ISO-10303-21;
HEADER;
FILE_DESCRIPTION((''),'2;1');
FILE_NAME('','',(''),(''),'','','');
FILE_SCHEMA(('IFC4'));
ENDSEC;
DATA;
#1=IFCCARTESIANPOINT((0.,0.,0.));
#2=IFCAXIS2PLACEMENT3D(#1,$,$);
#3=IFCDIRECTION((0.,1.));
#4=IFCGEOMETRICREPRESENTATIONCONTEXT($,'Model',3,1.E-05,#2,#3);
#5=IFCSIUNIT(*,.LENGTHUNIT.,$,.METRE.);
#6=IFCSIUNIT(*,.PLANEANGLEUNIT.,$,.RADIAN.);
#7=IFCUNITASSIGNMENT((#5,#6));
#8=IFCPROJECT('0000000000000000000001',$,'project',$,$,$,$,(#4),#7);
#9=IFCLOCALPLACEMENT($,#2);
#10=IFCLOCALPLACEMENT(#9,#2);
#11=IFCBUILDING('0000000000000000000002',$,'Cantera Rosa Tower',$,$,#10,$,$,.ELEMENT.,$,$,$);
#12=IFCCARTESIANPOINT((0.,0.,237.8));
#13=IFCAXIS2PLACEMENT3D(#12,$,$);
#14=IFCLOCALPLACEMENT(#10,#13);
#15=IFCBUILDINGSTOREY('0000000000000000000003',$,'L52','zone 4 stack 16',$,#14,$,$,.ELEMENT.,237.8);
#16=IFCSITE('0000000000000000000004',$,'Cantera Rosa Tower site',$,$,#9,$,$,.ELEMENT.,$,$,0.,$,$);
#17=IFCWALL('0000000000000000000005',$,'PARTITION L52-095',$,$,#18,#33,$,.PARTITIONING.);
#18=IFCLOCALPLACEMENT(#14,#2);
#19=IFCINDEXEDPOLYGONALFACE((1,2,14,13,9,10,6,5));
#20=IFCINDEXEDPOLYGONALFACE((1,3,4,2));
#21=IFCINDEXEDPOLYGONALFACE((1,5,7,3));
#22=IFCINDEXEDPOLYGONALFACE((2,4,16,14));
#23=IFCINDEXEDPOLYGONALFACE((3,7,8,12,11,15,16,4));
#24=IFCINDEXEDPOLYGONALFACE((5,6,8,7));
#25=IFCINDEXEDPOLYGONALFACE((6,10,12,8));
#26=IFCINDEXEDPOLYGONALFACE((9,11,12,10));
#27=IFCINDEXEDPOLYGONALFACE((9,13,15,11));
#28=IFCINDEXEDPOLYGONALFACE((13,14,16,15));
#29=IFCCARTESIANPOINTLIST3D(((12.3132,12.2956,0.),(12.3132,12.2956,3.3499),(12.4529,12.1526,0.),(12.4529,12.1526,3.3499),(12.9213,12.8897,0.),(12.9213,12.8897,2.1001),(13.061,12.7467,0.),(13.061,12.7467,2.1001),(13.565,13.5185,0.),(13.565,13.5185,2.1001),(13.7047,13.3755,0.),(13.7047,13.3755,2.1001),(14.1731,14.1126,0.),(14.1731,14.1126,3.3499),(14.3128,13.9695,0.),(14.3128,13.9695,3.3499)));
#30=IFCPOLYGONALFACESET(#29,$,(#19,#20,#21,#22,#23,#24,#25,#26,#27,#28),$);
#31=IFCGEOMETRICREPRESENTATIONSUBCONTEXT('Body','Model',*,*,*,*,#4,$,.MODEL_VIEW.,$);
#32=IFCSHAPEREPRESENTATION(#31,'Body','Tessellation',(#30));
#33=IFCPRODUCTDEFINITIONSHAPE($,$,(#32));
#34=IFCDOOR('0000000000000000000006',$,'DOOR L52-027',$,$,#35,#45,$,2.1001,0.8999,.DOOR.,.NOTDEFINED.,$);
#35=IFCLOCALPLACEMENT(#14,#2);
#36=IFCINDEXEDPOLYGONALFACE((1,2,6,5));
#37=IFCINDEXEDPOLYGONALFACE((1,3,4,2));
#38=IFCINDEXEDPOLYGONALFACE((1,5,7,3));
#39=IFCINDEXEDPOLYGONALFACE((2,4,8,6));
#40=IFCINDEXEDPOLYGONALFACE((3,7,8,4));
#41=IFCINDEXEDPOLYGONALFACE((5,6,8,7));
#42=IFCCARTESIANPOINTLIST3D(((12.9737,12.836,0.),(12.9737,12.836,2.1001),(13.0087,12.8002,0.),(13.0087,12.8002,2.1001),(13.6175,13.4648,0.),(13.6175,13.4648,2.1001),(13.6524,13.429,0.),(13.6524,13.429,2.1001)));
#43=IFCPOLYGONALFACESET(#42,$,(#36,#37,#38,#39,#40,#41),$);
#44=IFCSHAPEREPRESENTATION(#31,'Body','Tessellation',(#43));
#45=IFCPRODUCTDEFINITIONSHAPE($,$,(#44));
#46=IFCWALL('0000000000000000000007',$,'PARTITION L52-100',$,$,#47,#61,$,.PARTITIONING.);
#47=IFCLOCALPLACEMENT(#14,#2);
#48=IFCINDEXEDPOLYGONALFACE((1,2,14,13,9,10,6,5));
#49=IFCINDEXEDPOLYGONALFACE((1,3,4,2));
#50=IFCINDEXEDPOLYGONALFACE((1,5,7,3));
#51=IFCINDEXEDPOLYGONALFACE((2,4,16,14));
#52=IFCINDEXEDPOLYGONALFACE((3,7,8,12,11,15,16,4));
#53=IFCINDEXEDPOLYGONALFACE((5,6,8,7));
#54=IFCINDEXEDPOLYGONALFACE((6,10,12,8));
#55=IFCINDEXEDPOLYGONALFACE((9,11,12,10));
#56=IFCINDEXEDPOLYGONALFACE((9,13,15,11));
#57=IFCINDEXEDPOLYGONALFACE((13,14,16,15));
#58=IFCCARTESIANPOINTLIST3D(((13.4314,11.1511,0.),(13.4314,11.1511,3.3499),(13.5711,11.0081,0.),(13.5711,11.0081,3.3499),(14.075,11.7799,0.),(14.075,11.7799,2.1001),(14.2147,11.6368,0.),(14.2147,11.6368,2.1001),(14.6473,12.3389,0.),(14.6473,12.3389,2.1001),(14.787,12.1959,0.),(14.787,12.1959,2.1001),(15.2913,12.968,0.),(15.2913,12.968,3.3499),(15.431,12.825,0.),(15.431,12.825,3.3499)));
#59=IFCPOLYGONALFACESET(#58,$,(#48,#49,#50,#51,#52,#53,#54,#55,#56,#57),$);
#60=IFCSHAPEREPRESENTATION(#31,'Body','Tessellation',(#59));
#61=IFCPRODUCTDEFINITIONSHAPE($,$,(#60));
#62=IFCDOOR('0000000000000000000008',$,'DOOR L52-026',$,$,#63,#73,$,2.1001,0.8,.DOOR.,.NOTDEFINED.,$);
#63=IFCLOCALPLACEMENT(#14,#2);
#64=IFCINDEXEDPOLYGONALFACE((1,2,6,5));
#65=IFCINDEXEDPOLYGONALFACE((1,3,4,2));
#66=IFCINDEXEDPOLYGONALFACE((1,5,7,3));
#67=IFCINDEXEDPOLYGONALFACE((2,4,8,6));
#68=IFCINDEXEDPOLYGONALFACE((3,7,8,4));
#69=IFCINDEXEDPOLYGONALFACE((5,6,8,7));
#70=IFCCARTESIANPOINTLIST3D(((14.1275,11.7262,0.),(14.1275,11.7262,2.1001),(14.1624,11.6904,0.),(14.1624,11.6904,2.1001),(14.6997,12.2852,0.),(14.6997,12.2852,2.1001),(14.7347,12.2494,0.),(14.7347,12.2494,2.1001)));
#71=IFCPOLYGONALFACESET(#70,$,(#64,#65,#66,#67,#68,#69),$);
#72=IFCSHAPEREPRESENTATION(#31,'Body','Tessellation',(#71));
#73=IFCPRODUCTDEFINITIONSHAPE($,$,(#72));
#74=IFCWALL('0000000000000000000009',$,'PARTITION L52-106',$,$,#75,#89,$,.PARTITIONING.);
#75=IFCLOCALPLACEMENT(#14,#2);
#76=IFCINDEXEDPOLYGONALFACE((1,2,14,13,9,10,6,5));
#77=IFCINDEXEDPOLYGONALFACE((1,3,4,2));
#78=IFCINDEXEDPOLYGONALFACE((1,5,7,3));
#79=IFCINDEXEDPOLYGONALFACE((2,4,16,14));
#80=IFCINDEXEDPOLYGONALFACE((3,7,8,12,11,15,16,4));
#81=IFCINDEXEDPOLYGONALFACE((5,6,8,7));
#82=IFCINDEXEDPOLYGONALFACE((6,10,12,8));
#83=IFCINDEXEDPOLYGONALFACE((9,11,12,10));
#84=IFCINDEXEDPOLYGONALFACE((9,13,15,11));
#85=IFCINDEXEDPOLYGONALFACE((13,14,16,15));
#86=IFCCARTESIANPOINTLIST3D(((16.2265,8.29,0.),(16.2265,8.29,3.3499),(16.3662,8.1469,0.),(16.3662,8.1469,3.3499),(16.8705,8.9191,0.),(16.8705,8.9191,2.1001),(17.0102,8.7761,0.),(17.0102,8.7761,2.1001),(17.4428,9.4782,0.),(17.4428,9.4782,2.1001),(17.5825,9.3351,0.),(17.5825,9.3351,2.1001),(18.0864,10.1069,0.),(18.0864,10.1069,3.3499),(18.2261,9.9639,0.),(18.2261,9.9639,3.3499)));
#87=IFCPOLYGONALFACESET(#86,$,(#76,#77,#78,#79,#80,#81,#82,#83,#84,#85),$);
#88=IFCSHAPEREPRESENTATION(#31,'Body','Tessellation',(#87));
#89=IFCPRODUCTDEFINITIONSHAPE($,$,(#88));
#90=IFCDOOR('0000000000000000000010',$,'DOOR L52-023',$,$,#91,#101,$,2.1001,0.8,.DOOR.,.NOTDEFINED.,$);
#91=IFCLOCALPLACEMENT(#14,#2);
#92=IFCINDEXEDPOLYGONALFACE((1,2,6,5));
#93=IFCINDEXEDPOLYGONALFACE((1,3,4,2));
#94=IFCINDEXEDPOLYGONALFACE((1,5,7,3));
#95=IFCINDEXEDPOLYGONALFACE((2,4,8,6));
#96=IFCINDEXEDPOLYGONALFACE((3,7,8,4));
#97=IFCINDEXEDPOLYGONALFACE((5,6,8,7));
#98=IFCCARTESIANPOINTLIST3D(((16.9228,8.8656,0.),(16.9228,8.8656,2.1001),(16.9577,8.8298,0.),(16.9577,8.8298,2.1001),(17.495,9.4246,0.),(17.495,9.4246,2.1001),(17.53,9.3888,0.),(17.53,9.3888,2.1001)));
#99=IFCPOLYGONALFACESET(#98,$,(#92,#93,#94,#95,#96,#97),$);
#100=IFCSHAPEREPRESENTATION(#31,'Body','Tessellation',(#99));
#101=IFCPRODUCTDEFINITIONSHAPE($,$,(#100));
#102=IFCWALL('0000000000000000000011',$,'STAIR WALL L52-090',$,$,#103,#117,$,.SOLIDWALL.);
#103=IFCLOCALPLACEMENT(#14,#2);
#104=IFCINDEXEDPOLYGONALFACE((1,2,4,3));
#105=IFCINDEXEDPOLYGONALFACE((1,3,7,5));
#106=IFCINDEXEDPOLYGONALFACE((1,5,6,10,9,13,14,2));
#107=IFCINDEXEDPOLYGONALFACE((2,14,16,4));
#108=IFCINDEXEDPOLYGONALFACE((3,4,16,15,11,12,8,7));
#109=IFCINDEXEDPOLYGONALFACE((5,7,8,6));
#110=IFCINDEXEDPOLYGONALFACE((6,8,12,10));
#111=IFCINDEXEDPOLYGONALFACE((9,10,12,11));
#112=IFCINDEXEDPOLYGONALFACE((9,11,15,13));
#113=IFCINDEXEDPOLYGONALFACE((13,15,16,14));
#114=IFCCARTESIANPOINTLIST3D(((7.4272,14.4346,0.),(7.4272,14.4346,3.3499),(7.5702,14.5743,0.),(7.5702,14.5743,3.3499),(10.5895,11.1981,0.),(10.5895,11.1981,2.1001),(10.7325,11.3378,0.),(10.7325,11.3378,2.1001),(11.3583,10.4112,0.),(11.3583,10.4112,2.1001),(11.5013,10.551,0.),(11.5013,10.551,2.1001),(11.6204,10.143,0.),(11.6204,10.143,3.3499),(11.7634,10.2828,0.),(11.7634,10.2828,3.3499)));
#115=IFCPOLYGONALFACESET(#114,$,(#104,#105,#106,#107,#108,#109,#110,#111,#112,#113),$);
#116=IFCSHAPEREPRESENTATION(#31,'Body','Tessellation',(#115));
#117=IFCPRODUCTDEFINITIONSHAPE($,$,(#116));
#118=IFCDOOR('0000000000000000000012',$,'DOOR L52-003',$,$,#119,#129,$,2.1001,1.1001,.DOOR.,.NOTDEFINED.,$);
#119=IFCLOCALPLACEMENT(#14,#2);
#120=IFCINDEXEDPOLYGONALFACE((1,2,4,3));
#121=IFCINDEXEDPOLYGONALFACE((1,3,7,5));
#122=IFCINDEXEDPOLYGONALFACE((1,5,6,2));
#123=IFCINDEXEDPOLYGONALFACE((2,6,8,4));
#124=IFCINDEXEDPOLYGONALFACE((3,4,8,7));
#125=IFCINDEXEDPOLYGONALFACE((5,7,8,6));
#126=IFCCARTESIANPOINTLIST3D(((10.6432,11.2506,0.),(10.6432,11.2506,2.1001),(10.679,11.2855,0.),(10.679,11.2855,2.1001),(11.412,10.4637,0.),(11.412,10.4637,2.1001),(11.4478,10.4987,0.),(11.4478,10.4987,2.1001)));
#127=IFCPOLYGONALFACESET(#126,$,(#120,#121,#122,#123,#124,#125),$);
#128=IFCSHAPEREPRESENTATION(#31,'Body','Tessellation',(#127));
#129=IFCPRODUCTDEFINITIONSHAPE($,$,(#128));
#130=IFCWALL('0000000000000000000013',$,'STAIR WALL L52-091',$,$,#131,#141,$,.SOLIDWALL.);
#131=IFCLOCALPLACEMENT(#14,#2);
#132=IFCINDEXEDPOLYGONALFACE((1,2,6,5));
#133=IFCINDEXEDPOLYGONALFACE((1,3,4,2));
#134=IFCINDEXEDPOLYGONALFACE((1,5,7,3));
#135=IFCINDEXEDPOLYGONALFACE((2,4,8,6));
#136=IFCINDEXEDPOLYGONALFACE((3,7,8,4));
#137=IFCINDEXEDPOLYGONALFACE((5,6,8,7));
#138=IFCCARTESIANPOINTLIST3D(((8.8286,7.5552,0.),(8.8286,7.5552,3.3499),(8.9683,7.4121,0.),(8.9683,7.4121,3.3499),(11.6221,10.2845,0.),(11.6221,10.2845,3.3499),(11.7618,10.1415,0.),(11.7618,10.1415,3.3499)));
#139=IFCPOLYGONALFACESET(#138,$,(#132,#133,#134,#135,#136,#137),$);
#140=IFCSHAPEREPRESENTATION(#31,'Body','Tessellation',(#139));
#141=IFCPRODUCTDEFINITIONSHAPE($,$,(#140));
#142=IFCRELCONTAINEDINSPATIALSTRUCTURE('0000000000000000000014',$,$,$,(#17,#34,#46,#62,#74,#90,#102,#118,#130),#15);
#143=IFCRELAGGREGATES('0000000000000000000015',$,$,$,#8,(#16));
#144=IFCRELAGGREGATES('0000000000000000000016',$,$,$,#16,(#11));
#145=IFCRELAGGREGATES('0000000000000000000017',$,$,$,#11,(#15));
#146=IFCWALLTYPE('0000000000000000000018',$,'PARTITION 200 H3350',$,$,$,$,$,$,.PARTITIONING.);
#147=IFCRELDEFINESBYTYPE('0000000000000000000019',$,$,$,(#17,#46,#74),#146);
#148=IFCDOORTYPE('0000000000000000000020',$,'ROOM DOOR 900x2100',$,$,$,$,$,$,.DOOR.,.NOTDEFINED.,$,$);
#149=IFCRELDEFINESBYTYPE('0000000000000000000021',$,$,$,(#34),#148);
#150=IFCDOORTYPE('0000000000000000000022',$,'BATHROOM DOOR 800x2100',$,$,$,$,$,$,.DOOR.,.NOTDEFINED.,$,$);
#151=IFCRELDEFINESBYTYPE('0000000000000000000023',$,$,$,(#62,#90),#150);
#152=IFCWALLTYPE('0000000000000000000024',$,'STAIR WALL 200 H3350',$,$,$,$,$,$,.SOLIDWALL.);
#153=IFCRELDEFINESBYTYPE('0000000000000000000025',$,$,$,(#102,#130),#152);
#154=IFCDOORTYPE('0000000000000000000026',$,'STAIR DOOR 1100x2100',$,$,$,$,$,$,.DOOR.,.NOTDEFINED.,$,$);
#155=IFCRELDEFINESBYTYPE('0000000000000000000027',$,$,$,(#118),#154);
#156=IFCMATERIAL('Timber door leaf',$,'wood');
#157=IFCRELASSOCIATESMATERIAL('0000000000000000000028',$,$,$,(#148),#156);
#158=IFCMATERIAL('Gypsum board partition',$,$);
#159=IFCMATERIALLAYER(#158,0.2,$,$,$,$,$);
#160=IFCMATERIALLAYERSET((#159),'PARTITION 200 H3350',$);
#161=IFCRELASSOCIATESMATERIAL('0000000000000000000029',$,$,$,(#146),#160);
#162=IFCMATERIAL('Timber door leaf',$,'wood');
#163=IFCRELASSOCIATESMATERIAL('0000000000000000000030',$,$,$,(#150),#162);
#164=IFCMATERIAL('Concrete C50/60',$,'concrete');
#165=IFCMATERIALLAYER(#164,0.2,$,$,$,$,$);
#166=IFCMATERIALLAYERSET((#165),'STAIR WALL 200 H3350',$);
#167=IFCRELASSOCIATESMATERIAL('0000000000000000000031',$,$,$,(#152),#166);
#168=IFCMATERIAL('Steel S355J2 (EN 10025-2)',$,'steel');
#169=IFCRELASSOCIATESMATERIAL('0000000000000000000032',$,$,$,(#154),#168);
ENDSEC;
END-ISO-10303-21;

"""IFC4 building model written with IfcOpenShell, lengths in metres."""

from ifc_helpers import new_model, si_unit, direction, frame, frame_2d, origin, place, context, subcontext, project, spatial, rectangle, extrude, material, layer, layer_set, type_object, element, fill, save


model = new_model("IFC4")

# Units and contexts
model_context = context("Model", 3, precision=1e-05, world=origin(), true_north=direction((0.0, 1.0)))
body_context = subcontext(model_context, "Body", "Model", "MODEL_VIEW")
ifc_project = project(units=[si_unit("LENGTHUNIT", "METRE"), si_unit("PLANEANGLEUNIT", "RADIAN")], contexts=[model_context])

# Site, building, storey
site_placement = place(None, origin())
site = spatial("IfcSite", under=ifc_project, at=site_placement, Name="Cantera Rosa Tower site", CompositionType="ELEMENT", RefElevation=0.0)
building_placement = place(site_placement, origin())
building = spatial("IfcBuilding", under=site, at=building_placement, Name="Cantera Rosa Tower", CompositionType="ELEMENT")
storey_placement = place(building_placement, frame((0.0, 0.0, 237.8)))
storey = spatial("IfcBuildingStorey", under=building, at=storey_placement, Name="L52", Description="zone 4 stack 16", CompositionType="ELEMENT", Elevation=237.8)

# Walls, openings, doors
ifc_material_1 = material(Name="Timber door leaf", Category="wood")
door_type_1 = type_object("IfcDoorType", Name="ROOM DOOR 900x2100", OperationType="NOTDEFINED", PredefinedType="DOOR", material=ifc_material_1)
ifc_material_2 = material(Name="Gypsum board partition")
ifc_layer_1 = layer(ifc_material_2, 0.2)
ifc_layer_set_1 = layer_set([ifc_layer_1], Name="PARTITION 200 H3350")
wall_type_1 = type_object("IfcWallType", Name="PARTITION 200 H3350", PredefinedType="PARTITIONING", material=ifc_layer_set_1)
wall_1_placement = place(storey_placement, frame((12.3831, 12.2241, 0.0), z_axis=(0.0, 0.0, 1.0), x_axis=(0.715322, 0.698795, 0.0)))
wall_1 = element("IfcWall", 1, at=wall_1_placement, inside=storey, type_object=wall_type_1, Name="PARTITION L52-095", PredefinedType="PARTITIONING", context=body_context, shape_type="SweptSolid", body=[
    extrude(rectangle(XDim=2.6001, YDim=0.2, at=frame_2d((1.3, 0.0))), origin(), (0.0, 0.0, 1.0), 3.3499),
])
opening_1_placement = place(wall_1_placement, frame((0.8501, 0.0, 0.0)))
opening_1 = element("IfcOpeningElement", 2, at=opening_1_placement, cuts=wall_1, PredefinedType="OPENING", context=body_context, shape_type="SweptSolid", body=[
    extrude(rectangle(XDim=0.8999, YDim=2.1001, at=frame_2d((0.45, 1.05))), frame((0.0, 0.1099, 0.0), z_axis=(0.0, -1.0, 0.0), x_axis=(1.0, 0.0, 0.0)), (0.0, 0.0, 1.0), 0.22),
])
door_1_placement = place(opening_1_placement, origin())
door_1 = element("IfcDoor", 3, at=door_1_placement, inside=storey, type_object=door_type_1, Name="DOOR L52-027", OperationType="NOTDEFINED", OverallHeight=2.1001, OverallWidth=0.8999, PredefinedType="DOOR", context=body_context, shape_type="SweptSolid", body=[
    extrude(rectangle(XDim=0.8999, YDim=2.1001, at=frame_2d((0.45, 1.05))), frame((0.0, 0.0249, 0.0), z_axis=(0.0, -1.0, 0.0), x_axis=(1.0, 0.0, 0.0)), (0.0, 0.0, 1.0), 0.05),
])
fill(opening_1, door_1)
wall_2_placement = place(storey_placement, frame((13.5012, 11.0796, 0.0), z_axis=(0.0, 0.0, 1.0), x_axis=(0.715322, 0.698795, 0.0)))
wall_2 = element("IfcWall", 4, at=wall_2_placement, inside=storey, type_object=wall_type_1, Name="PARTITION L52-100", PredefinedType="PARTITIONING", context=body_context, shape_type="SweptSolid", body=[
    extrude(rectangle(XDim=2.6001, YDim=0.2, at=frame_2d((1.3, 0.0))), origin(), (0.0, 0.0, 1.0), 3.3499),
])
opening_2_placement = place(wall_2_placement, frame((0.8999, 0.0, 0.0)))
opening_2 = element("IfcOpeningElement", 5, at=opening_2_placement, cuts=wall_2, PredefinedType="OPENING", context=body_context, shape_type="SweptSolid", body=[
    extrude(rectangle(XDim=0.8, YDim=2.1001, at=frame_2d((0.3999, 1.05))), frame((0.0, 0.1099, 0.0), z_axis=(0.0, -1.0, 0.0), x_axis=(1.0, 0.0, 0.0)), (0.0, 0.0, 1.0), 0.22),
])
ifc_material_3 = material(Name="Timber door leaf", Category="wood")
door_type_2 = type_object("IfcDoorType", Name="BATHROOM DOOR 800x2100", OperationType="NOTDEFINED", PredefinedType="DOOR", material=ifc_material_3)
door_2_placement = place(opening_2_placement, origin())
door_2 = element("IfcDoor", 6, at=door_2_placement, inside=storey, type_object=door_type_2, Name="DOOR L52-026", OperationType="NOTDEFINED", OverallHeight=2.1001, OverallWidth=0.8, PredefinedType="DOOR", context=body_context, shape_type="SweptSolid", body=[
    extrude(rectangle(XDim=0.8, YDim=2.1001, at=frame_2d((0.3999, 1.05))), frame((0.0, 0.0249, 0.0), z_axis=(0.0, -1.0, 0.0), x_axis=(1.0, 0.0, 0.0)), (0.0, 0.0, 1.0), 0.05),
])
fill(opening_2, door_2)
wall_3_placement = place(storey_placement, frame((18.1562, 10.0354, 0.0), z_axis=(0.0, 0.0, 1.0), x_axis=(-0.715322, -0.698795, 0.0)))
wall_3 = element("IfcWall", 7, at=wall_3_placement, inside=storey, type_object=wall_type_1, Name="PARTITION L52-106", PredefinedType="PARTITIONING", context=body_context, shape_type="SweptSolid", body=[
    extrude(rectangle(XDim=2.6001, YDim=0.2, at=frame_2d((1.3, 0.0))), origin(), (0.0, 0.0, 1.0), 3.3499),
])
opening_3_placement = place(wall_3_placement, frame((0.8999, 0.0, 0.0)))
opening_3 = element("IfcOpeningElement", 8, at=opening_3_placement, cuts=wall_3, PredefinedType="OPENING", context=body_context, shape_type="SweptSolid", body=[
    extrude(rectangle(XDim=0.8, YDim=2.1001, at=frame_2d((0.3999, 1.05))), frame((0.0, 0.1099, 0.0), z_axis=(0.0, -1.0, 0.0), x_axis=(1.0, 0.0, 0.0)), (0.0, 0.0, 1.0), 0.22),
])
door_3_placement = place(opening_3_placement, origin())
door_3 = element("IfcDoor", 9, at=door_3_placement, inside=storey, type_object=door_type_2, Name="DOOR L52-023", OperationType="NOTDEFINED", OverallHeight=2.1001, OverallWidth=0.8, PredefinedType="DOOR", context=body_context, shape_type="SweptSolid", body=[
    extrude(rectangle(XDim=0.8, YDim=2.1001, at=frame_2d((0.3999, 1.05))), frame((0.0, 0.0249, 0.0), z_axis=(0.0, -1.0, 0.0), x_axis=(1.0, 0.0, 0.0)), (0.0, 0.0, 1.0), 0.05),
])
fill(opening_3, door_3)
ifc_material_4 = material(Name="Concrete C50/60", Category="concrete")
ifc_layer_2 = layer(ifc_material_4, 0.2)
ifc_layer_set_2 = layer_set([ifc_layer_2], Name="STAIR WALL 200 H3350")
wall_type_2 = type_object("IfcWallType", Name="STAIR WALL 200 H3350", PredefinedType="SOLIDWALL", material=ifc_layer_set_2)
wall_4_placement = place(storey_placement, frame((11.6919, 10.2129, 0.0), z_axis=(0.0, 0.0, 1.0), x_axis=(-0.69886, 0.715258, 0.0)))
wall_4 = element("IfcWall", 10, at=wall_4_placement, inside=storey, type_object=wall_type_2, Name="STAIR WALL L52-090", PredefinedType="SOLIDWALL", context=body_context, shape_type="SweptSolid", body=[
    extrude(rectangle(XDim=6.0, YDim=0.2, at=frame_2d((3.0, 0.0))), origin(), (0.0, 0.0, 1.0), 3.3499),
])
opening_4_placement = place(wall_4_placement, frame((0.375, 0.0, 0.0)))
opening_4 = element("IfcOpeningElement", 11, at=opening_4_placement, cuts=wall_4, PredefinedType="OPENING", context=body_context, shape_type="SweptSolid", body=[
    extrude(rectangle(XDim=1.1001, YDim=2.1001, at=frame_2d((0.55, 1.05))), frame((0.0, 0.1099, 0.0), z_axis=(0.0, -1.0, 0.0), x_axis=(1.0, 0.0, 0.0)), (0.0, 0.0, 1.0), 0.22),
])
ifc_material_5 = material(Name="Steel S355J2 (EN 10025-2)", Category="steel")
door_type_3 = type_object("IfcDoorType", Name="STAIR DOOR 1100x2100", OperationType="NOTDEFINED", PredefinedType="DOOR", material=ifc_material_5)
door_4_placement = place(opening_4_placement, origin())
door_4 = element("IfcDoor", 12, at=door_4_placement, inside=storey, type_object=door_type_3, Name="DOOR L52-003", OperationType="NOTDEFINED", OverallHeight=2.1001, OverallWidth=1.1001, PredefinedType="DOOR", context=body_context, shape_type="SweptSolid", body=[
    extrude(rectangle(XDim=1.1001, YDim=2.1001, at=frame_2d((0.55, 1.05))), frame((0.0, 0.0249, 0.0), z_axis=(0.0, -1.0, 0.0), x_axis=(1.0, 0.0, 0.0)), (0.0, 0.0, 1.0), 0.05),
])
fill(opening_4, door_4)

# Wall
wall_5_placement = place(storey_placement, frame((11.6919, 10.2129, 0.0), z_axis=(0.0, 0.0, 1.0), x_axis=(-0.71528, -0.698838, 0.0)))
element("IfcWall", 13, at=wall_5_placement, inside=storey, type_object=wall_type_2, Name="STAIR WALL L52-091", PredefinedType="SOLIDWALL", context=body_context, shape_type="SweptSolid", body=[
    extrude(rectangle(XDim=3.9055, YDim=0.2, at=frame_2d((1.9526, 0.0))), origin(), (0.0, 0.0, 1.0), 3.3499),
])

save(model, "model.ifc")
